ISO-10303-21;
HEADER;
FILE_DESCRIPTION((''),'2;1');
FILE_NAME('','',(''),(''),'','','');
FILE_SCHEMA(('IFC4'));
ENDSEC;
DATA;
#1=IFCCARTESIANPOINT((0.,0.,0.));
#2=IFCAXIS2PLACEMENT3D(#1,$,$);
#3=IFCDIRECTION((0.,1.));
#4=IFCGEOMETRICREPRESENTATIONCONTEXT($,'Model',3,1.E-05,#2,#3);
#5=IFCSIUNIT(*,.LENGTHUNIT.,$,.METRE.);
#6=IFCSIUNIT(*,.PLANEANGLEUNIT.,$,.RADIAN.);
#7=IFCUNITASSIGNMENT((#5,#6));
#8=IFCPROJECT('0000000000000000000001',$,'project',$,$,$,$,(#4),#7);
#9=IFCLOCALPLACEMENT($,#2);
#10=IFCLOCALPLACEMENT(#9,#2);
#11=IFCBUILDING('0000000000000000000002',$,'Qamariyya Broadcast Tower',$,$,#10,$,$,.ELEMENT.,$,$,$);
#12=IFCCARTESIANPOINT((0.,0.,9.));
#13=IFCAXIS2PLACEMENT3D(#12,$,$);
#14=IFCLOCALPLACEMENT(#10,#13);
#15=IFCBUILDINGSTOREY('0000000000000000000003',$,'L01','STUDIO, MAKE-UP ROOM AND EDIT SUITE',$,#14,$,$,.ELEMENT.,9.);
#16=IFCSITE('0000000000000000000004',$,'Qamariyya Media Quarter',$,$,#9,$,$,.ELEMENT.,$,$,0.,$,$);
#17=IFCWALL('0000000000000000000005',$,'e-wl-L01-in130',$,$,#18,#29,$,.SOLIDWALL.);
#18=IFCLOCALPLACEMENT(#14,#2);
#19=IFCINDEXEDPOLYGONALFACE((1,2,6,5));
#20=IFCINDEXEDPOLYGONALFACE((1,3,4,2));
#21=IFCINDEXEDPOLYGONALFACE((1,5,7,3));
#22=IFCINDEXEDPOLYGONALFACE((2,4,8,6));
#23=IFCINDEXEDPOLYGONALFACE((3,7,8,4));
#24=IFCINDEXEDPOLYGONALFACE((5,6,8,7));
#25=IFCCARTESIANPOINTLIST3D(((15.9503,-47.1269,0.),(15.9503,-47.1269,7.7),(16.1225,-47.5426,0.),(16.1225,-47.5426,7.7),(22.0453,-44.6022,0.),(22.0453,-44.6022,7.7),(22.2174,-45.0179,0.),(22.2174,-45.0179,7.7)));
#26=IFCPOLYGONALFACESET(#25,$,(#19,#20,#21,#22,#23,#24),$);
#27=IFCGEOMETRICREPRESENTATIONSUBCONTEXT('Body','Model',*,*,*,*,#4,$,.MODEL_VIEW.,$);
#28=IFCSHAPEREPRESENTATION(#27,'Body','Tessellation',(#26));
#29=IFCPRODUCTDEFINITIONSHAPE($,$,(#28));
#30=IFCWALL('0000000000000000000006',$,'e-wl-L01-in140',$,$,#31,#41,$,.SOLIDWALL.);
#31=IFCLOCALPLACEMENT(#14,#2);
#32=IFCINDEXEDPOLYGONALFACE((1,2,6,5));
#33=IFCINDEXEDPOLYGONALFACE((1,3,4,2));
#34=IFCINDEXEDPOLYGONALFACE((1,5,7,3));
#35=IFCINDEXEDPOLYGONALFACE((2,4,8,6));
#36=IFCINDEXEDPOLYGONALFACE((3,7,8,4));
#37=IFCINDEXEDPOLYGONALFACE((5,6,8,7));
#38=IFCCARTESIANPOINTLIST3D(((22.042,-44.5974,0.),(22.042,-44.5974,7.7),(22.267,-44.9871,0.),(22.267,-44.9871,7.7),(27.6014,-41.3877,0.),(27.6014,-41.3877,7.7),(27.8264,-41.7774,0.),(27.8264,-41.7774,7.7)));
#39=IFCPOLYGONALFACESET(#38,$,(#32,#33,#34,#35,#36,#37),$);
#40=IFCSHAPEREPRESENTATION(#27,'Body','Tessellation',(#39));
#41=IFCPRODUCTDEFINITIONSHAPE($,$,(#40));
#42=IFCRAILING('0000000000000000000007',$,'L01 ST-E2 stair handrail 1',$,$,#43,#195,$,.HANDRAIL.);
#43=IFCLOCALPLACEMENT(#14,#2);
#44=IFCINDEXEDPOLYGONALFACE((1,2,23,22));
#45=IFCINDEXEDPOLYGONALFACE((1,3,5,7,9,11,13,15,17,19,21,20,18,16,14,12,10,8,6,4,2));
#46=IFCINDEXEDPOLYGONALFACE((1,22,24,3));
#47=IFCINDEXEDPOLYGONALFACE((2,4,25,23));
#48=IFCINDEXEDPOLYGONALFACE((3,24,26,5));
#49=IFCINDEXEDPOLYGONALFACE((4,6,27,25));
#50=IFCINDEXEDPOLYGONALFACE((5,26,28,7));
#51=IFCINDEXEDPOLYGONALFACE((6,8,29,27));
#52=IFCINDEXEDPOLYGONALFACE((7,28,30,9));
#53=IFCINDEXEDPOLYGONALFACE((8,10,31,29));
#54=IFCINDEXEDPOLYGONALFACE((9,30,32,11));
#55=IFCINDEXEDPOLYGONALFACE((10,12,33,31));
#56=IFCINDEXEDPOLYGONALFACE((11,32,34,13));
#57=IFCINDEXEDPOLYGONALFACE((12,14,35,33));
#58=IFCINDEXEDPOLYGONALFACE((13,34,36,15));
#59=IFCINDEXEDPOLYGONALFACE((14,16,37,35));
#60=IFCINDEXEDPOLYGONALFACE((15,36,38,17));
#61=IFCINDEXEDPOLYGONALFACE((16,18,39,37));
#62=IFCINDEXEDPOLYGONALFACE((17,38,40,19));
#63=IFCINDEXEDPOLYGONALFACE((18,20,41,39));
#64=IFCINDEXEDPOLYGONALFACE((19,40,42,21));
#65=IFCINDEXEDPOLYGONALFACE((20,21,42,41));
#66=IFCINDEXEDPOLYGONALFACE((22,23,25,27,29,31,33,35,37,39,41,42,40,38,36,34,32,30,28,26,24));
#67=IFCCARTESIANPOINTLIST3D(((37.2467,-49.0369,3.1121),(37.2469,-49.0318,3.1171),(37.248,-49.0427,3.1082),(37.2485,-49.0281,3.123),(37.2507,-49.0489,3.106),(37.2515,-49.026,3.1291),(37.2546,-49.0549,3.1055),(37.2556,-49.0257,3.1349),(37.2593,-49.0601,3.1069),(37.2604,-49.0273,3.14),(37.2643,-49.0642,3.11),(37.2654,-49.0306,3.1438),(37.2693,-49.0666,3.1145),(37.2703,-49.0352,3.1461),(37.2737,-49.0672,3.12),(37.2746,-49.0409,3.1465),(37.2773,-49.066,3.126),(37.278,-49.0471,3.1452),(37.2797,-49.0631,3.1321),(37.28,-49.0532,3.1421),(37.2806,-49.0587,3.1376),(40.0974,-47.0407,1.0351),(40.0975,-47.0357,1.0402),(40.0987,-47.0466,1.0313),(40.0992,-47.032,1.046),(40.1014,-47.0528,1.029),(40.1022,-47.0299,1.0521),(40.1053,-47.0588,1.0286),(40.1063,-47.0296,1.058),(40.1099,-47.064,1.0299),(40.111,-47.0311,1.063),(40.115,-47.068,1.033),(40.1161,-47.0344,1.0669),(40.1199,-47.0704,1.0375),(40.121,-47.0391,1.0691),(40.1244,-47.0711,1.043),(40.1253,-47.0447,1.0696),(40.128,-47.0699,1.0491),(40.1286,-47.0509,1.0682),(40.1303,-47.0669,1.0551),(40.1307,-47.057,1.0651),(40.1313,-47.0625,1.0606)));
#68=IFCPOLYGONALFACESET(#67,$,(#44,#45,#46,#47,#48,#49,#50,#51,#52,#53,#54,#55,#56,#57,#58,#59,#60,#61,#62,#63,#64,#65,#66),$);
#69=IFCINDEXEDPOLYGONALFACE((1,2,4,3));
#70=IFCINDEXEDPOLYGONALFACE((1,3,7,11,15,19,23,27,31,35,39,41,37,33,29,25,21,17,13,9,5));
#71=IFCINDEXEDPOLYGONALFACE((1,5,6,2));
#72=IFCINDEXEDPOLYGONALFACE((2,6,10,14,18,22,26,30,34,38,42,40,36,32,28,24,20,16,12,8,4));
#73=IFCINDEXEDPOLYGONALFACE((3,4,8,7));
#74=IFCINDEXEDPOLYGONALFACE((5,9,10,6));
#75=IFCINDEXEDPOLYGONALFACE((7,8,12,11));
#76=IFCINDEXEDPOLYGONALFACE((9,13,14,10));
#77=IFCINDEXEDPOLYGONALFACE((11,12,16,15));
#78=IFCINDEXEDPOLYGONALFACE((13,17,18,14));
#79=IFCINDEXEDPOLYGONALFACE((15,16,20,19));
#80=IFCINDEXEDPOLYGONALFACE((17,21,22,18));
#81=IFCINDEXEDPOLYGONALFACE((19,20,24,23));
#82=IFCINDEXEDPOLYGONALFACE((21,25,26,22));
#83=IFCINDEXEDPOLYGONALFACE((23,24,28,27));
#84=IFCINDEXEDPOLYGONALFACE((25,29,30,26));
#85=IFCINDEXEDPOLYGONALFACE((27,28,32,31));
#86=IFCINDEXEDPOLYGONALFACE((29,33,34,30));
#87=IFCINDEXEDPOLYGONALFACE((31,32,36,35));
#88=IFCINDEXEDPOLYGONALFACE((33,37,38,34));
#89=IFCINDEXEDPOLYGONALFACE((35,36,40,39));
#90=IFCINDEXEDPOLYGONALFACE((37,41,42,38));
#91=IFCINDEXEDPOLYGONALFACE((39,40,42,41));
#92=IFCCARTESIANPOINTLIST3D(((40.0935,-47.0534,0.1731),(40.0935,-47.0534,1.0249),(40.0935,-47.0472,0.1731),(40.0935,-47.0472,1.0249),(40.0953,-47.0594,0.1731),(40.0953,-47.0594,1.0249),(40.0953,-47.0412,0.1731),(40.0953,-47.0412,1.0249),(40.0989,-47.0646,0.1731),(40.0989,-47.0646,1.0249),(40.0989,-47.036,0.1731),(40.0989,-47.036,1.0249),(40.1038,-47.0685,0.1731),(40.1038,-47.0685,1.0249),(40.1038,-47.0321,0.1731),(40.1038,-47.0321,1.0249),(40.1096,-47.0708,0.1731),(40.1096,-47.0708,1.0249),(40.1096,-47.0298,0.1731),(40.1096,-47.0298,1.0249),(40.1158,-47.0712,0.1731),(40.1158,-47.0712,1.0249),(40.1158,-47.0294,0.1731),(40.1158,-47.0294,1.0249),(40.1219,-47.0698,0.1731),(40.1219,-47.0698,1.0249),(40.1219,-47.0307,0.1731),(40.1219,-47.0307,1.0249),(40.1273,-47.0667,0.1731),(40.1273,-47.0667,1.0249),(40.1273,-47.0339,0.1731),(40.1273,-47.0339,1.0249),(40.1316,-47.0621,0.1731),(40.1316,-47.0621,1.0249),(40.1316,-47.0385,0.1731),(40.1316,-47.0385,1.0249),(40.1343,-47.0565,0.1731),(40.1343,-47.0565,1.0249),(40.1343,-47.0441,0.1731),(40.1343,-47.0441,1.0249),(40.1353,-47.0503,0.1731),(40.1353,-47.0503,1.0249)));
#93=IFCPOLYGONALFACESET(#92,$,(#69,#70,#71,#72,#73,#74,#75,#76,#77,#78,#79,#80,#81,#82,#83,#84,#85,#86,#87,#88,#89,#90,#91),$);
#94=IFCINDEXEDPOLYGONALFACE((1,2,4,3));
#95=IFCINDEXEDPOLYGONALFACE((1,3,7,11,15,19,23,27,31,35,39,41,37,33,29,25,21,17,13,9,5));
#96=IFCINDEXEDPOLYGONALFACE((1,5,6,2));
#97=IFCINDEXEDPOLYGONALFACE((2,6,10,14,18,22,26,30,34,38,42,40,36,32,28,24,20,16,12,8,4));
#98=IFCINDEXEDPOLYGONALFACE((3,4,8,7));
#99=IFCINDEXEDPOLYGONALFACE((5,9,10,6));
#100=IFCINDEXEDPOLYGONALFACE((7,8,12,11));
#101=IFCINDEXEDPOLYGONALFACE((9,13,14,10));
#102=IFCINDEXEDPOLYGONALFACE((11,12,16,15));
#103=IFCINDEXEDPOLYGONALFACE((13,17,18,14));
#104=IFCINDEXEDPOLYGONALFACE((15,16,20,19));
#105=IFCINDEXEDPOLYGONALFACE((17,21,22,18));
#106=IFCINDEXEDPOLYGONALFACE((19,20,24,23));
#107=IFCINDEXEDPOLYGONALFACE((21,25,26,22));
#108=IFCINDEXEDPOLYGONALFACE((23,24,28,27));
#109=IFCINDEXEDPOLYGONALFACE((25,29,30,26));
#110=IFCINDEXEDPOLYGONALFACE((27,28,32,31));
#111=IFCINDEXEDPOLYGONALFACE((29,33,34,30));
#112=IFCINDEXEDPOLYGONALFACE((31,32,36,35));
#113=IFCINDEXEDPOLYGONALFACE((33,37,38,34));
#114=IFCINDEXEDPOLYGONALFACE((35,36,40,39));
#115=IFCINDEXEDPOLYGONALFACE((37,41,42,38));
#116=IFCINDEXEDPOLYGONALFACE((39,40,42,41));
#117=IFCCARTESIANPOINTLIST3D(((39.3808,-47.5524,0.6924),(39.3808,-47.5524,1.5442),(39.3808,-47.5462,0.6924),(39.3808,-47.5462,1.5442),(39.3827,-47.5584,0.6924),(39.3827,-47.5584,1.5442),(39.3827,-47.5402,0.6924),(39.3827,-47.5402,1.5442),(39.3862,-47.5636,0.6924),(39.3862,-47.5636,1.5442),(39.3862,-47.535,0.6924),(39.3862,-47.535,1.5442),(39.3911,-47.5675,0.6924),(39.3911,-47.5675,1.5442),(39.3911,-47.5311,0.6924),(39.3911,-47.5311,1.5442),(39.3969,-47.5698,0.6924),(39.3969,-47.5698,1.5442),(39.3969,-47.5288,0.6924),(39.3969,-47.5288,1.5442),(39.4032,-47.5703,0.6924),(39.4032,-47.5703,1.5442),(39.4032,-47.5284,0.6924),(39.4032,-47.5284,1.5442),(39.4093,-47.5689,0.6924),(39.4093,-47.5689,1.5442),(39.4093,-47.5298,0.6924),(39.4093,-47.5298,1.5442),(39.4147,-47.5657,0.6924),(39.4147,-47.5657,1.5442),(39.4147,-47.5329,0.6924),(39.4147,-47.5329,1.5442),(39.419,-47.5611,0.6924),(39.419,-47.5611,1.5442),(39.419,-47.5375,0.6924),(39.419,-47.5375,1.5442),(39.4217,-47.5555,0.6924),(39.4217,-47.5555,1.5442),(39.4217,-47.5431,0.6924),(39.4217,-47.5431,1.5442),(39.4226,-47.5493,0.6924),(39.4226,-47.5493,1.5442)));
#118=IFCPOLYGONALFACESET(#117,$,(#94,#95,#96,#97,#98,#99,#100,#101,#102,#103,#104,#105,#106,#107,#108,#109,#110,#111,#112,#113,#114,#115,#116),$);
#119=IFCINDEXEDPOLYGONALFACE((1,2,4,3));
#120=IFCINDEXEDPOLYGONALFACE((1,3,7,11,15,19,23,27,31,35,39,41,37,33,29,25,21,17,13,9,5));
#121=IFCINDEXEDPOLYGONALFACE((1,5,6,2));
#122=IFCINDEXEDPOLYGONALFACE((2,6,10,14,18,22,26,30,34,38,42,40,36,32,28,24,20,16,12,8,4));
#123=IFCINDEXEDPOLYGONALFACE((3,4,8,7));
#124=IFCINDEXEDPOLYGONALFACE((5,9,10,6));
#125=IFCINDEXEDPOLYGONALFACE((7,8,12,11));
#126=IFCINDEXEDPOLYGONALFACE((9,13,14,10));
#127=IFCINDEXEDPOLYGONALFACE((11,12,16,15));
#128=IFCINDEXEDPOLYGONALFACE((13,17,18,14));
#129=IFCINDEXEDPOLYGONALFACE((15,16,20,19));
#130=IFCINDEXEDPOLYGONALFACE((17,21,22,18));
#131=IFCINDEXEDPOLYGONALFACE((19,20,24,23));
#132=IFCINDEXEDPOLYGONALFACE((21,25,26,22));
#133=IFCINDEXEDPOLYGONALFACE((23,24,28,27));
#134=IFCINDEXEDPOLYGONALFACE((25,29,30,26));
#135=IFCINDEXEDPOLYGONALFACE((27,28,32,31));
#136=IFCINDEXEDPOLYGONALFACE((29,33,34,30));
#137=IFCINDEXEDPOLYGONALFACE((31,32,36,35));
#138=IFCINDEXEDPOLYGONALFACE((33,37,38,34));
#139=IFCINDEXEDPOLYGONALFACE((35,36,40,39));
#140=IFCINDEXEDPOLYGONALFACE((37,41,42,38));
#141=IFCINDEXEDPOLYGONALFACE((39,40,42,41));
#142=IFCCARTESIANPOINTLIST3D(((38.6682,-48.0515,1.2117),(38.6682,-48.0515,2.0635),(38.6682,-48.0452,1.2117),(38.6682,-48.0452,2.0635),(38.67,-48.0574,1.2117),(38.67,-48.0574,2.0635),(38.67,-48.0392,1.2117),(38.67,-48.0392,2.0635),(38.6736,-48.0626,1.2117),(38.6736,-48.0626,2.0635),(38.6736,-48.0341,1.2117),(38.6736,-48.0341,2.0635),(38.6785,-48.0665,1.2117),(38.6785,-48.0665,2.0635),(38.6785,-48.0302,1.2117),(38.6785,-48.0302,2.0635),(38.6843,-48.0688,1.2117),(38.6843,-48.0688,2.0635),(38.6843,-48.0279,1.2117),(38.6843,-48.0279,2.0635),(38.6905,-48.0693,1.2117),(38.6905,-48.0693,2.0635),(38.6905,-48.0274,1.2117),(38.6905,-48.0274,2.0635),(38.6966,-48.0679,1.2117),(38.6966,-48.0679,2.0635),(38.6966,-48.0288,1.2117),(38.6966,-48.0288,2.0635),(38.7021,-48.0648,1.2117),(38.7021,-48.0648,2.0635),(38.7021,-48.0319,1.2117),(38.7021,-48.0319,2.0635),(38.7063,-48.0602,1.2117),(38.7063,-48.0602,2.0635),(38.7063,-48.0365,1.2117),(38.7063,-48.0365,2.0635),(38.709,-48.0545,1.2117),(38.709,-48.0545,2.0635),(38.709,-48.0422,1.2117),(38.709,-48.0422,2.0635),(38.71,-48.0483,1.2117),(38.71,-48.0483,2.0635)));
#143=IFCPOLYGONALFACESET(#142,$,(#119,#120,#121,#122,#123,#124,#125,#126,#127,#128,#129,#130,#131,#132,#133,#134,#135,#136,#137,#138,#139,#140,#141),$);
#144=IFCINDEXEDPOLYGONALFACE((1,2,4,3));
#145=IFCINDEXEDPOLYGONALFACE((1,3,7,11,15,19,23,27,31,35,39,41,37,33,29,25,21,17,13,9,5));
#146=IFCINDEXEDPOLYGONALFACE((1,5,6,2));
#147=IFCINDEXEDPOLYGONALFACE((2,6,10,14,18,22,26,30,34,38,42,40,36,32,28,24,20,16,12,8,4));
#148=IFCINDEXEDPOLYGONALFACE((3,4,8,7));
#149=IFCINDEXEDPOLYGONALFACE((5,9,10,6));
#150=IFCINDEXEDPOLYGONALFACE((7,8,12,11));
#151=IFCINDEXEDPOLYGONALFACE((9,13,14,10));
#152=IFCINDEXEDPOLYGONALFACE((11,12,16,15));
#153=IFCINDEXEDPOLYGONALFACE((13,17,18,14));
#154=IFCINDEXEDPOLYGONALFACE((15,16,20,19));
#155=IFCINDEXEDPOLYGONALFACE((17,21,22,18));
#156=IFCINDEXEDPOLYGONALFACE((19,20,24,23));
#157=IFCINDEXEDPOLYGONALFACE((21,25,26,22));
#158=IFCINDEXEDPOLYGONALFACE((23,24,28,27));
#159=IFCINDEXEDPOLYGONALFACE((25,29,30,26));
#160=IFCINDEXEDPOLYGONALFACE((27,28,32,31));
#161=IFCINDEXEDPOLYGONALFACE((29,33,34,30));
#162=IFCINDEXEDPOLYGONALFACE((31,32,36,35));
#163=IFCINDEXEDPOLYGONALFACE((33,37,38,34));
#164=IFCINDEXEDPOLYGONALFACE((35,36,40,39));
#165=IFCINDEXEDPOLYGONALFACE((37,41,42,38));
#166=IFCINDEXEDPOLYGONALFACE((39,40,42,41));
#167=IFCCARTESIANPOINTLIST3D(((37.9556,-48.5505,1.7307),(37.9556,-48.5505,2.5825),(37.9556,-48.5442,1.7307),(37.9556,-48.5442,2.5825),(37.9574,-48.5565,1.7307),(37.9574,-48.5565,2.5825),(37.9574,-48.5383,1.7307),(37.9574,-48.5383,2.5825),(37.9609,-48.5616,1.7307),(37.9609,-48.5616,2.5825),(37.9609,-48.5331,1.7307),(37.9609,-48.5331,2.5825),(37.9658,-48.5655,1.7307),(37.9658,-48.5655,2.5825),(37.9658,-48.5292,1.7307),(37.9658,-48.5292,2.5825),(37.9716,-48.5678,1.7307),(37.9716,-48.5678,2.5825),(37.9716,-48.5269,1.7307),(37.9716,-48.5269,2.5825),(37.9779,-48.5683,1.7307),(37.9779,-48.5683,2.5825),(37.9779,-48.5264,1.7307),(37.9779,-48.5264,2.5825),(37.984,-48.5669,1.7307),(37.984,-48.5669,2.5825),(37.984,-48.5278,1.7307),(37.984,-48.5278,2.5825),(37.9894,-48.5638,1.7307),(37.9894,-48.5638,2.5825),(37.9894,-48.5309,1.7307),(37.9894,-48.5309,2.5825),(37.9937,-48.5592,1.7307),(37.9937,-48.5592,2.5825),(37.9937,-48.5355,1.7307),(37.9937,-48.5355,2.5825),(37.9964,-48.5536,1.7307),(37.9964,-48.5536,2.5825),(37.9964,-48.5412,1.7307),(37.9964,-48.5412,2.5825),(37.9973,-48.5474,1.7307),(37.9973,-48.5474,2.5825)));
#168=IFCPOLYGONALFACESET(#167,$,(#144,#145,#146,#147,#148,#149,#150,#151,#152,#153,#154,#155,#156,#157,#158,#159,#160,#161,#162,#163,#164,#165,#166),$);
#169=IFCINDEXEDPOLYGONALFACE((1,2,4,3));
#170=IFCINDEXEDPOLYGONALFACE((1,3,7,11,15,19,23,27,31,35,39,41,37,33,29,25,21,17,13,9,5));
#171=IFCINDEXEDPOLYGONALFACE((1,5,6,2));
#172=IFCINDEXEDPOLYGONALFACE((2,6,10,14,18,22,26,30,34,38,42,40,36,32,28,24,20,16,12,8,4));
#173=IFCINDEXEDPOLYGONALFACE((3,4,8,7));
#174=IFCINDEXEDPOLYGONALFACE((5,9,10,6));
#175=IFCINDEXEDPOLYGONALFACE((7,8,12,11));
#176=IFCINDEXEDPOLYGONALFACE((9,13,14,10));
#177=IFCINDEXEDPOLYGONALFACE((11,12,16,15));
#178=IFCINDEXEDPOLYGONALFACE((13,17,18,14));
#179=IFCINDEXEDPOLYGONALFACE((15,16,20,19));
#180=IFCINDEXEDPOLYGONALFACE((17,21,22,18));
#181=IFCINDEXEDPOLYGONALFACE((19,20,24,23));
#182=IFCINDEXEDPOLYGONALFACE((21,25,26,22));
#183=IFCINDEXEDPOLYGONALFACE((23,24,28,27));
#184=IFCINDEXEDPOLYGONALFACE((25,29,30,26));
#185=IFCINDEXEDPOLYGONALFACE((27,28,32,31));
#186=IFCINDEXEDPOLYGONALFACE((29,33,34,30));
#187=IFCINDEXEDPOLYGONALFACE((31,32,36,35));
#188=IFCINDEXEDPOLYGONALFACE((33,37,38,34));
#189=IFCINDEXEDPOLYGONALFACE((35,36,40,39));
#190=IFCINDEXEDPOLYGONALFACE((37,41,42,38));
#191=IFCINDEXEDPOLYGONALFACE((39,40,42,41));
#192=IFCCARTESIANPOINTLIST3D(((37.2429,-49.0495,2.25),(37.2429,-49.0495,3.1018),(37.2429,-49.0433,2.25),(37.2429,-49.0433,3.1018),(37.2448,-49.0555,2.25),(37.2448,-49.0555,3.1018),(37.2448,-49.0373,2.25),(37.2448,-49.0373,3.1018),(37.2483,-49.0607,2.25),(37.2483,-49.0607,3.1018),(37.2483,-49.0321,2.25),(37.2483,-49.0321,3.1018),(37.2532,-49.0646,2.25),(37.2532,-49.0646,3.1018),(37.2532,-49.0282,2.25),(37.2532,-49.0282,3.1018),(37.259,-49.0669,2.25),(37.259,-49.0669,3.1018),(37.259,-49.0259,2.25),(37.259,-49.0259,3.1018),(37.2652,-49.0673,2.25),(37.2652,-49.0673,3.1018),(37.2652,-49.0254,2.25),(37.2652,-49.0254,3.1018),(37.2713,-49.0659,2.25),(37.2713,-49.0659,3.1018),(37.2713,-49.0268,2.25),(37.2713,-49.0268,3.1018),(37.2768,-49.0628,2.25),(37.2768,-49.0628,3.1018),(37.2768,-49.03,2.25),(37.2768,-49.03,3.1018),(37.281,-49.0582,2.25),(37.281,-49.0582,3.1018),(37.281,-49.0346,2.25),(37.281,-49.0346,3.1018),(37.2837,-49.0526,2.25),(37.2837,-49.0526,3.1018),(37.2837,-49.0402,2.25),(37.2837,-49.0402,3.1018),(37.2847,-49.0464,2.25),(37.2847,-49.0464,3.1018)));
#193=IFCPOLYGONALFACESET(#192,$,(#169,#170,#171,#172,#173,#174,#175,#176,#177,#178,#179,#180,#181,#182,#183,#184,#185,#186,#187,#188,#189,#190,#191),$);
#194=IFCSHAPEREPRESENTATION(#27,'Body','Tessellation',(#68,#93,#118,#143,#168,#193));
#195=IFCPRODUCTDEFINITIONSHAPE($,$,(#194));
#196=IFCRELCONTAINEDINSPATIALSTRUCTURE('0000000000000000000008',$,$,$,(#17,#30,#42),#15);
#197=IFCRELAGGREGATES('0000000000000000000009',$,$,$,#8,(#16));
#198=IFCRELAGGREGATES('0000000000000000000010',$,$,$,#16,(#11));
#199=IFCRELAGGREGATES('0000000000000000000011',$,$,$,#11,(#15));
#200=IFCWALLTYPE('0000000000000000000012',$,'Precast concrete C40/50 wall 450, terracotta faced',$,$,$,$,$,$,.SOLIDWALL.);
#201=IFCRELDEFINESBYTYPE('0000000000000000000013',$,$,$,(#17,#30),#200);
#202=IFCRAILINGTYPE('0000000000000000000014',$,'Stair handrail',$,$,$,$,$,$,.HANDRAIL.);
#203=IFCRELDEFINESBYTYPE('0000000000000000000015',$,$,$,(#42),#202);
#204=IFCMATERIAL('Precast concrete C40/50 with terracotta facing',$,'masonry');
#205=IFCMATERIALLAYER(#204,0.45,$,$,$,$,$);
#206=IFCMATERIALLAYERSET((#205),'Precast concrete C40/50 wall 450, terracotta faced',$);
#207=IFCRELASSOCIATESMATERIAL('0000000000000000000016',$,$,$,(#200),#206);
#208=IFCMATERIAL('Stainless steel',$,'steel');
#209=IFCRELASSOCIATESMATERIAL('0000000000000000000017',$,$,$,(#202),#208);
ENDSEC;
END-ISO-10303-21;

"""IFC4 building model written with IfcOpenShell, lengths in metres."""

from ifc_helpers import new_model, si_unit, direction, frame, frame_2d, origin, origin_2d, place, context, subcontext, project, spatial, rectangle, circle, extrude, material, layer, layer_set, type_object, element, save


model = new_model("IFC4")

# Units and contexts
model_context = context("Model", 3, precision=1e-05, world=origin(), true_north=direction((0.0, 1.0)))
body_context = subcontext(model_context, "Body", "Model", "MODEL_VIEW")
ifc_project = project(units=[si_unit("LENGTHUNIT", "METRE"), si_unit("PLANEANGLEUNIT", "RADIAN")], contexts=[model_context])

# Site, building, storey
site_placement = place(None, origin())
site = spatial("IfcSite", under=ifc_project, at=site_placement, Name="Qamariyya Media Quarter", CompositionType="ELEMENT", RefElevation=0.0)
building_placement = place(site_placement, origin())
building = spatial("IfcBuilding", under=site, at=building_placement, Name="Qamariyya Broadcast Tower", CompositionType="ELEMENT")
storey_placement = place(building_placement, frame((0.0, 0.0, 9.0)))
storey = spatial("IfcBuildingStorey", under=building, at=storey_placement, Name="L01", Description="STUDIO, MAKE-UP ROOM AND EDIT SUITE", CompositionType="ELEMENT", Elevation=9.0)

# Walls
ifc_material_1 = material(Name="Precast concrete C40/50 with terracotta facing", Category="masonry")
ifc_layer_1 = layer(ifc_material_1, 0.45)
ifc_layer_set_1 = layer_set([ifc_layer_1], Name="Precast concrete C40/50 wall 450, terracotta faced")
wall_type_1 = type_object("IfcWallType", Name="Precast concrete C40/50 wall 450, terracotta faced", PredefinedType="SOLIDWALL", material=ifc_layer_set_1)
wall_1_placement = place(storey_placement, frame((22.1313, -44.8101, 0.0), z_axis=(0.0, 0.0, 1.0), x_axis=(-0.923877, -0.382688, 0.0)))
element("IfcWall", 1, at=wall_1_placement, inside=storey, type_object=wall_type_1, Name="e-wl-L01-in130", PredefinedType="SOLIDWALL", context=body_context, shape_type="SweptSolid", body=[
    extrude(rectangle(XDim=6.5972, YDim=0.45, at=frame_2d((3.2986, 0.0))), origin(), (0.0, 0.0, 1.0), 7.7),
])
wall_2_placement = place(storey_placement, frame((27.7139, -41.5825, 0.0), z_axis=(0.0, 0.0, 1.0), x_axis=(-0.866023, -0.500004, 0.0)))
element("IfcWall", 2, at=wall_2_placement, inside=storey, type_object=wall_type_1, Name="e-wl-L01-in140", PredefinedType="SOLIDWALL", context=body_context, shape_type="SweptSolid", body=[
    extrude(rectangle(XDim=6.4194, YDim=0.45, at=frame_2d((3.2097, 0.0))), origin(), (0.0, 0.0, 1.0), 7.7),
])

# Railing
ifc_material_2 = material(Name="Stainless steel", Category="steel")
railing_type = type_object("IfcRailingType", Name="Stair handrail", PredefinedType="HANDRAIL", material=ifc_material_2)
railing_placement = place(storey_placement, frame((40.1143, -47.0503, 0.1731)))
element("IfcRailing", 3, at=railing_placement, inside=storey, type_object=railing_type, Name="L01 ST-E2 stair handrail 1", PredefinedType="HANDRAIL", context=body_context, shape_type="SweptSolid", body=[
    extrude(circle(Radius=0.0239, at=origin_2d()), frame((0.0, 0.0, 0.876), z_axis=(-0.703393, -0.492544, 0.512484), x_axis=(0.573594, -0.81914, 0.0)), (0.0, 0.0, 1.0), 4.0527),
    extrude(circle(Radius=0.021, at=origin_2d()), origin(), (0.0, 0.0, 1.0), 0.8518),
    extrude(circle(Radius=0.021, at=origin_2d()), frame((-0.7126, -0.499, 0.5193)), (0.0, 0.0, 1.0), 0.8518),
    extrude(circle(Radius=0.021, at=origin_2d()), frame((-1.4253, -0.998, 1.0386)), (0.0, 0.0, 1.0), 0.8518),
    extrude(circle(Radius=0.021, at=origin_2d()), frame((-2.1379, -1.4971, 1.5576)), (0.0, 0.0, 1.0), 0.8518),
    extrude(circle(Radius=0.021, at=origin_2d()), frame((-2.8506, -1.9961, 2.0769)), (0.0, 0.0, 1.0), 0.8518),
])

save(model, "model.ifc")
